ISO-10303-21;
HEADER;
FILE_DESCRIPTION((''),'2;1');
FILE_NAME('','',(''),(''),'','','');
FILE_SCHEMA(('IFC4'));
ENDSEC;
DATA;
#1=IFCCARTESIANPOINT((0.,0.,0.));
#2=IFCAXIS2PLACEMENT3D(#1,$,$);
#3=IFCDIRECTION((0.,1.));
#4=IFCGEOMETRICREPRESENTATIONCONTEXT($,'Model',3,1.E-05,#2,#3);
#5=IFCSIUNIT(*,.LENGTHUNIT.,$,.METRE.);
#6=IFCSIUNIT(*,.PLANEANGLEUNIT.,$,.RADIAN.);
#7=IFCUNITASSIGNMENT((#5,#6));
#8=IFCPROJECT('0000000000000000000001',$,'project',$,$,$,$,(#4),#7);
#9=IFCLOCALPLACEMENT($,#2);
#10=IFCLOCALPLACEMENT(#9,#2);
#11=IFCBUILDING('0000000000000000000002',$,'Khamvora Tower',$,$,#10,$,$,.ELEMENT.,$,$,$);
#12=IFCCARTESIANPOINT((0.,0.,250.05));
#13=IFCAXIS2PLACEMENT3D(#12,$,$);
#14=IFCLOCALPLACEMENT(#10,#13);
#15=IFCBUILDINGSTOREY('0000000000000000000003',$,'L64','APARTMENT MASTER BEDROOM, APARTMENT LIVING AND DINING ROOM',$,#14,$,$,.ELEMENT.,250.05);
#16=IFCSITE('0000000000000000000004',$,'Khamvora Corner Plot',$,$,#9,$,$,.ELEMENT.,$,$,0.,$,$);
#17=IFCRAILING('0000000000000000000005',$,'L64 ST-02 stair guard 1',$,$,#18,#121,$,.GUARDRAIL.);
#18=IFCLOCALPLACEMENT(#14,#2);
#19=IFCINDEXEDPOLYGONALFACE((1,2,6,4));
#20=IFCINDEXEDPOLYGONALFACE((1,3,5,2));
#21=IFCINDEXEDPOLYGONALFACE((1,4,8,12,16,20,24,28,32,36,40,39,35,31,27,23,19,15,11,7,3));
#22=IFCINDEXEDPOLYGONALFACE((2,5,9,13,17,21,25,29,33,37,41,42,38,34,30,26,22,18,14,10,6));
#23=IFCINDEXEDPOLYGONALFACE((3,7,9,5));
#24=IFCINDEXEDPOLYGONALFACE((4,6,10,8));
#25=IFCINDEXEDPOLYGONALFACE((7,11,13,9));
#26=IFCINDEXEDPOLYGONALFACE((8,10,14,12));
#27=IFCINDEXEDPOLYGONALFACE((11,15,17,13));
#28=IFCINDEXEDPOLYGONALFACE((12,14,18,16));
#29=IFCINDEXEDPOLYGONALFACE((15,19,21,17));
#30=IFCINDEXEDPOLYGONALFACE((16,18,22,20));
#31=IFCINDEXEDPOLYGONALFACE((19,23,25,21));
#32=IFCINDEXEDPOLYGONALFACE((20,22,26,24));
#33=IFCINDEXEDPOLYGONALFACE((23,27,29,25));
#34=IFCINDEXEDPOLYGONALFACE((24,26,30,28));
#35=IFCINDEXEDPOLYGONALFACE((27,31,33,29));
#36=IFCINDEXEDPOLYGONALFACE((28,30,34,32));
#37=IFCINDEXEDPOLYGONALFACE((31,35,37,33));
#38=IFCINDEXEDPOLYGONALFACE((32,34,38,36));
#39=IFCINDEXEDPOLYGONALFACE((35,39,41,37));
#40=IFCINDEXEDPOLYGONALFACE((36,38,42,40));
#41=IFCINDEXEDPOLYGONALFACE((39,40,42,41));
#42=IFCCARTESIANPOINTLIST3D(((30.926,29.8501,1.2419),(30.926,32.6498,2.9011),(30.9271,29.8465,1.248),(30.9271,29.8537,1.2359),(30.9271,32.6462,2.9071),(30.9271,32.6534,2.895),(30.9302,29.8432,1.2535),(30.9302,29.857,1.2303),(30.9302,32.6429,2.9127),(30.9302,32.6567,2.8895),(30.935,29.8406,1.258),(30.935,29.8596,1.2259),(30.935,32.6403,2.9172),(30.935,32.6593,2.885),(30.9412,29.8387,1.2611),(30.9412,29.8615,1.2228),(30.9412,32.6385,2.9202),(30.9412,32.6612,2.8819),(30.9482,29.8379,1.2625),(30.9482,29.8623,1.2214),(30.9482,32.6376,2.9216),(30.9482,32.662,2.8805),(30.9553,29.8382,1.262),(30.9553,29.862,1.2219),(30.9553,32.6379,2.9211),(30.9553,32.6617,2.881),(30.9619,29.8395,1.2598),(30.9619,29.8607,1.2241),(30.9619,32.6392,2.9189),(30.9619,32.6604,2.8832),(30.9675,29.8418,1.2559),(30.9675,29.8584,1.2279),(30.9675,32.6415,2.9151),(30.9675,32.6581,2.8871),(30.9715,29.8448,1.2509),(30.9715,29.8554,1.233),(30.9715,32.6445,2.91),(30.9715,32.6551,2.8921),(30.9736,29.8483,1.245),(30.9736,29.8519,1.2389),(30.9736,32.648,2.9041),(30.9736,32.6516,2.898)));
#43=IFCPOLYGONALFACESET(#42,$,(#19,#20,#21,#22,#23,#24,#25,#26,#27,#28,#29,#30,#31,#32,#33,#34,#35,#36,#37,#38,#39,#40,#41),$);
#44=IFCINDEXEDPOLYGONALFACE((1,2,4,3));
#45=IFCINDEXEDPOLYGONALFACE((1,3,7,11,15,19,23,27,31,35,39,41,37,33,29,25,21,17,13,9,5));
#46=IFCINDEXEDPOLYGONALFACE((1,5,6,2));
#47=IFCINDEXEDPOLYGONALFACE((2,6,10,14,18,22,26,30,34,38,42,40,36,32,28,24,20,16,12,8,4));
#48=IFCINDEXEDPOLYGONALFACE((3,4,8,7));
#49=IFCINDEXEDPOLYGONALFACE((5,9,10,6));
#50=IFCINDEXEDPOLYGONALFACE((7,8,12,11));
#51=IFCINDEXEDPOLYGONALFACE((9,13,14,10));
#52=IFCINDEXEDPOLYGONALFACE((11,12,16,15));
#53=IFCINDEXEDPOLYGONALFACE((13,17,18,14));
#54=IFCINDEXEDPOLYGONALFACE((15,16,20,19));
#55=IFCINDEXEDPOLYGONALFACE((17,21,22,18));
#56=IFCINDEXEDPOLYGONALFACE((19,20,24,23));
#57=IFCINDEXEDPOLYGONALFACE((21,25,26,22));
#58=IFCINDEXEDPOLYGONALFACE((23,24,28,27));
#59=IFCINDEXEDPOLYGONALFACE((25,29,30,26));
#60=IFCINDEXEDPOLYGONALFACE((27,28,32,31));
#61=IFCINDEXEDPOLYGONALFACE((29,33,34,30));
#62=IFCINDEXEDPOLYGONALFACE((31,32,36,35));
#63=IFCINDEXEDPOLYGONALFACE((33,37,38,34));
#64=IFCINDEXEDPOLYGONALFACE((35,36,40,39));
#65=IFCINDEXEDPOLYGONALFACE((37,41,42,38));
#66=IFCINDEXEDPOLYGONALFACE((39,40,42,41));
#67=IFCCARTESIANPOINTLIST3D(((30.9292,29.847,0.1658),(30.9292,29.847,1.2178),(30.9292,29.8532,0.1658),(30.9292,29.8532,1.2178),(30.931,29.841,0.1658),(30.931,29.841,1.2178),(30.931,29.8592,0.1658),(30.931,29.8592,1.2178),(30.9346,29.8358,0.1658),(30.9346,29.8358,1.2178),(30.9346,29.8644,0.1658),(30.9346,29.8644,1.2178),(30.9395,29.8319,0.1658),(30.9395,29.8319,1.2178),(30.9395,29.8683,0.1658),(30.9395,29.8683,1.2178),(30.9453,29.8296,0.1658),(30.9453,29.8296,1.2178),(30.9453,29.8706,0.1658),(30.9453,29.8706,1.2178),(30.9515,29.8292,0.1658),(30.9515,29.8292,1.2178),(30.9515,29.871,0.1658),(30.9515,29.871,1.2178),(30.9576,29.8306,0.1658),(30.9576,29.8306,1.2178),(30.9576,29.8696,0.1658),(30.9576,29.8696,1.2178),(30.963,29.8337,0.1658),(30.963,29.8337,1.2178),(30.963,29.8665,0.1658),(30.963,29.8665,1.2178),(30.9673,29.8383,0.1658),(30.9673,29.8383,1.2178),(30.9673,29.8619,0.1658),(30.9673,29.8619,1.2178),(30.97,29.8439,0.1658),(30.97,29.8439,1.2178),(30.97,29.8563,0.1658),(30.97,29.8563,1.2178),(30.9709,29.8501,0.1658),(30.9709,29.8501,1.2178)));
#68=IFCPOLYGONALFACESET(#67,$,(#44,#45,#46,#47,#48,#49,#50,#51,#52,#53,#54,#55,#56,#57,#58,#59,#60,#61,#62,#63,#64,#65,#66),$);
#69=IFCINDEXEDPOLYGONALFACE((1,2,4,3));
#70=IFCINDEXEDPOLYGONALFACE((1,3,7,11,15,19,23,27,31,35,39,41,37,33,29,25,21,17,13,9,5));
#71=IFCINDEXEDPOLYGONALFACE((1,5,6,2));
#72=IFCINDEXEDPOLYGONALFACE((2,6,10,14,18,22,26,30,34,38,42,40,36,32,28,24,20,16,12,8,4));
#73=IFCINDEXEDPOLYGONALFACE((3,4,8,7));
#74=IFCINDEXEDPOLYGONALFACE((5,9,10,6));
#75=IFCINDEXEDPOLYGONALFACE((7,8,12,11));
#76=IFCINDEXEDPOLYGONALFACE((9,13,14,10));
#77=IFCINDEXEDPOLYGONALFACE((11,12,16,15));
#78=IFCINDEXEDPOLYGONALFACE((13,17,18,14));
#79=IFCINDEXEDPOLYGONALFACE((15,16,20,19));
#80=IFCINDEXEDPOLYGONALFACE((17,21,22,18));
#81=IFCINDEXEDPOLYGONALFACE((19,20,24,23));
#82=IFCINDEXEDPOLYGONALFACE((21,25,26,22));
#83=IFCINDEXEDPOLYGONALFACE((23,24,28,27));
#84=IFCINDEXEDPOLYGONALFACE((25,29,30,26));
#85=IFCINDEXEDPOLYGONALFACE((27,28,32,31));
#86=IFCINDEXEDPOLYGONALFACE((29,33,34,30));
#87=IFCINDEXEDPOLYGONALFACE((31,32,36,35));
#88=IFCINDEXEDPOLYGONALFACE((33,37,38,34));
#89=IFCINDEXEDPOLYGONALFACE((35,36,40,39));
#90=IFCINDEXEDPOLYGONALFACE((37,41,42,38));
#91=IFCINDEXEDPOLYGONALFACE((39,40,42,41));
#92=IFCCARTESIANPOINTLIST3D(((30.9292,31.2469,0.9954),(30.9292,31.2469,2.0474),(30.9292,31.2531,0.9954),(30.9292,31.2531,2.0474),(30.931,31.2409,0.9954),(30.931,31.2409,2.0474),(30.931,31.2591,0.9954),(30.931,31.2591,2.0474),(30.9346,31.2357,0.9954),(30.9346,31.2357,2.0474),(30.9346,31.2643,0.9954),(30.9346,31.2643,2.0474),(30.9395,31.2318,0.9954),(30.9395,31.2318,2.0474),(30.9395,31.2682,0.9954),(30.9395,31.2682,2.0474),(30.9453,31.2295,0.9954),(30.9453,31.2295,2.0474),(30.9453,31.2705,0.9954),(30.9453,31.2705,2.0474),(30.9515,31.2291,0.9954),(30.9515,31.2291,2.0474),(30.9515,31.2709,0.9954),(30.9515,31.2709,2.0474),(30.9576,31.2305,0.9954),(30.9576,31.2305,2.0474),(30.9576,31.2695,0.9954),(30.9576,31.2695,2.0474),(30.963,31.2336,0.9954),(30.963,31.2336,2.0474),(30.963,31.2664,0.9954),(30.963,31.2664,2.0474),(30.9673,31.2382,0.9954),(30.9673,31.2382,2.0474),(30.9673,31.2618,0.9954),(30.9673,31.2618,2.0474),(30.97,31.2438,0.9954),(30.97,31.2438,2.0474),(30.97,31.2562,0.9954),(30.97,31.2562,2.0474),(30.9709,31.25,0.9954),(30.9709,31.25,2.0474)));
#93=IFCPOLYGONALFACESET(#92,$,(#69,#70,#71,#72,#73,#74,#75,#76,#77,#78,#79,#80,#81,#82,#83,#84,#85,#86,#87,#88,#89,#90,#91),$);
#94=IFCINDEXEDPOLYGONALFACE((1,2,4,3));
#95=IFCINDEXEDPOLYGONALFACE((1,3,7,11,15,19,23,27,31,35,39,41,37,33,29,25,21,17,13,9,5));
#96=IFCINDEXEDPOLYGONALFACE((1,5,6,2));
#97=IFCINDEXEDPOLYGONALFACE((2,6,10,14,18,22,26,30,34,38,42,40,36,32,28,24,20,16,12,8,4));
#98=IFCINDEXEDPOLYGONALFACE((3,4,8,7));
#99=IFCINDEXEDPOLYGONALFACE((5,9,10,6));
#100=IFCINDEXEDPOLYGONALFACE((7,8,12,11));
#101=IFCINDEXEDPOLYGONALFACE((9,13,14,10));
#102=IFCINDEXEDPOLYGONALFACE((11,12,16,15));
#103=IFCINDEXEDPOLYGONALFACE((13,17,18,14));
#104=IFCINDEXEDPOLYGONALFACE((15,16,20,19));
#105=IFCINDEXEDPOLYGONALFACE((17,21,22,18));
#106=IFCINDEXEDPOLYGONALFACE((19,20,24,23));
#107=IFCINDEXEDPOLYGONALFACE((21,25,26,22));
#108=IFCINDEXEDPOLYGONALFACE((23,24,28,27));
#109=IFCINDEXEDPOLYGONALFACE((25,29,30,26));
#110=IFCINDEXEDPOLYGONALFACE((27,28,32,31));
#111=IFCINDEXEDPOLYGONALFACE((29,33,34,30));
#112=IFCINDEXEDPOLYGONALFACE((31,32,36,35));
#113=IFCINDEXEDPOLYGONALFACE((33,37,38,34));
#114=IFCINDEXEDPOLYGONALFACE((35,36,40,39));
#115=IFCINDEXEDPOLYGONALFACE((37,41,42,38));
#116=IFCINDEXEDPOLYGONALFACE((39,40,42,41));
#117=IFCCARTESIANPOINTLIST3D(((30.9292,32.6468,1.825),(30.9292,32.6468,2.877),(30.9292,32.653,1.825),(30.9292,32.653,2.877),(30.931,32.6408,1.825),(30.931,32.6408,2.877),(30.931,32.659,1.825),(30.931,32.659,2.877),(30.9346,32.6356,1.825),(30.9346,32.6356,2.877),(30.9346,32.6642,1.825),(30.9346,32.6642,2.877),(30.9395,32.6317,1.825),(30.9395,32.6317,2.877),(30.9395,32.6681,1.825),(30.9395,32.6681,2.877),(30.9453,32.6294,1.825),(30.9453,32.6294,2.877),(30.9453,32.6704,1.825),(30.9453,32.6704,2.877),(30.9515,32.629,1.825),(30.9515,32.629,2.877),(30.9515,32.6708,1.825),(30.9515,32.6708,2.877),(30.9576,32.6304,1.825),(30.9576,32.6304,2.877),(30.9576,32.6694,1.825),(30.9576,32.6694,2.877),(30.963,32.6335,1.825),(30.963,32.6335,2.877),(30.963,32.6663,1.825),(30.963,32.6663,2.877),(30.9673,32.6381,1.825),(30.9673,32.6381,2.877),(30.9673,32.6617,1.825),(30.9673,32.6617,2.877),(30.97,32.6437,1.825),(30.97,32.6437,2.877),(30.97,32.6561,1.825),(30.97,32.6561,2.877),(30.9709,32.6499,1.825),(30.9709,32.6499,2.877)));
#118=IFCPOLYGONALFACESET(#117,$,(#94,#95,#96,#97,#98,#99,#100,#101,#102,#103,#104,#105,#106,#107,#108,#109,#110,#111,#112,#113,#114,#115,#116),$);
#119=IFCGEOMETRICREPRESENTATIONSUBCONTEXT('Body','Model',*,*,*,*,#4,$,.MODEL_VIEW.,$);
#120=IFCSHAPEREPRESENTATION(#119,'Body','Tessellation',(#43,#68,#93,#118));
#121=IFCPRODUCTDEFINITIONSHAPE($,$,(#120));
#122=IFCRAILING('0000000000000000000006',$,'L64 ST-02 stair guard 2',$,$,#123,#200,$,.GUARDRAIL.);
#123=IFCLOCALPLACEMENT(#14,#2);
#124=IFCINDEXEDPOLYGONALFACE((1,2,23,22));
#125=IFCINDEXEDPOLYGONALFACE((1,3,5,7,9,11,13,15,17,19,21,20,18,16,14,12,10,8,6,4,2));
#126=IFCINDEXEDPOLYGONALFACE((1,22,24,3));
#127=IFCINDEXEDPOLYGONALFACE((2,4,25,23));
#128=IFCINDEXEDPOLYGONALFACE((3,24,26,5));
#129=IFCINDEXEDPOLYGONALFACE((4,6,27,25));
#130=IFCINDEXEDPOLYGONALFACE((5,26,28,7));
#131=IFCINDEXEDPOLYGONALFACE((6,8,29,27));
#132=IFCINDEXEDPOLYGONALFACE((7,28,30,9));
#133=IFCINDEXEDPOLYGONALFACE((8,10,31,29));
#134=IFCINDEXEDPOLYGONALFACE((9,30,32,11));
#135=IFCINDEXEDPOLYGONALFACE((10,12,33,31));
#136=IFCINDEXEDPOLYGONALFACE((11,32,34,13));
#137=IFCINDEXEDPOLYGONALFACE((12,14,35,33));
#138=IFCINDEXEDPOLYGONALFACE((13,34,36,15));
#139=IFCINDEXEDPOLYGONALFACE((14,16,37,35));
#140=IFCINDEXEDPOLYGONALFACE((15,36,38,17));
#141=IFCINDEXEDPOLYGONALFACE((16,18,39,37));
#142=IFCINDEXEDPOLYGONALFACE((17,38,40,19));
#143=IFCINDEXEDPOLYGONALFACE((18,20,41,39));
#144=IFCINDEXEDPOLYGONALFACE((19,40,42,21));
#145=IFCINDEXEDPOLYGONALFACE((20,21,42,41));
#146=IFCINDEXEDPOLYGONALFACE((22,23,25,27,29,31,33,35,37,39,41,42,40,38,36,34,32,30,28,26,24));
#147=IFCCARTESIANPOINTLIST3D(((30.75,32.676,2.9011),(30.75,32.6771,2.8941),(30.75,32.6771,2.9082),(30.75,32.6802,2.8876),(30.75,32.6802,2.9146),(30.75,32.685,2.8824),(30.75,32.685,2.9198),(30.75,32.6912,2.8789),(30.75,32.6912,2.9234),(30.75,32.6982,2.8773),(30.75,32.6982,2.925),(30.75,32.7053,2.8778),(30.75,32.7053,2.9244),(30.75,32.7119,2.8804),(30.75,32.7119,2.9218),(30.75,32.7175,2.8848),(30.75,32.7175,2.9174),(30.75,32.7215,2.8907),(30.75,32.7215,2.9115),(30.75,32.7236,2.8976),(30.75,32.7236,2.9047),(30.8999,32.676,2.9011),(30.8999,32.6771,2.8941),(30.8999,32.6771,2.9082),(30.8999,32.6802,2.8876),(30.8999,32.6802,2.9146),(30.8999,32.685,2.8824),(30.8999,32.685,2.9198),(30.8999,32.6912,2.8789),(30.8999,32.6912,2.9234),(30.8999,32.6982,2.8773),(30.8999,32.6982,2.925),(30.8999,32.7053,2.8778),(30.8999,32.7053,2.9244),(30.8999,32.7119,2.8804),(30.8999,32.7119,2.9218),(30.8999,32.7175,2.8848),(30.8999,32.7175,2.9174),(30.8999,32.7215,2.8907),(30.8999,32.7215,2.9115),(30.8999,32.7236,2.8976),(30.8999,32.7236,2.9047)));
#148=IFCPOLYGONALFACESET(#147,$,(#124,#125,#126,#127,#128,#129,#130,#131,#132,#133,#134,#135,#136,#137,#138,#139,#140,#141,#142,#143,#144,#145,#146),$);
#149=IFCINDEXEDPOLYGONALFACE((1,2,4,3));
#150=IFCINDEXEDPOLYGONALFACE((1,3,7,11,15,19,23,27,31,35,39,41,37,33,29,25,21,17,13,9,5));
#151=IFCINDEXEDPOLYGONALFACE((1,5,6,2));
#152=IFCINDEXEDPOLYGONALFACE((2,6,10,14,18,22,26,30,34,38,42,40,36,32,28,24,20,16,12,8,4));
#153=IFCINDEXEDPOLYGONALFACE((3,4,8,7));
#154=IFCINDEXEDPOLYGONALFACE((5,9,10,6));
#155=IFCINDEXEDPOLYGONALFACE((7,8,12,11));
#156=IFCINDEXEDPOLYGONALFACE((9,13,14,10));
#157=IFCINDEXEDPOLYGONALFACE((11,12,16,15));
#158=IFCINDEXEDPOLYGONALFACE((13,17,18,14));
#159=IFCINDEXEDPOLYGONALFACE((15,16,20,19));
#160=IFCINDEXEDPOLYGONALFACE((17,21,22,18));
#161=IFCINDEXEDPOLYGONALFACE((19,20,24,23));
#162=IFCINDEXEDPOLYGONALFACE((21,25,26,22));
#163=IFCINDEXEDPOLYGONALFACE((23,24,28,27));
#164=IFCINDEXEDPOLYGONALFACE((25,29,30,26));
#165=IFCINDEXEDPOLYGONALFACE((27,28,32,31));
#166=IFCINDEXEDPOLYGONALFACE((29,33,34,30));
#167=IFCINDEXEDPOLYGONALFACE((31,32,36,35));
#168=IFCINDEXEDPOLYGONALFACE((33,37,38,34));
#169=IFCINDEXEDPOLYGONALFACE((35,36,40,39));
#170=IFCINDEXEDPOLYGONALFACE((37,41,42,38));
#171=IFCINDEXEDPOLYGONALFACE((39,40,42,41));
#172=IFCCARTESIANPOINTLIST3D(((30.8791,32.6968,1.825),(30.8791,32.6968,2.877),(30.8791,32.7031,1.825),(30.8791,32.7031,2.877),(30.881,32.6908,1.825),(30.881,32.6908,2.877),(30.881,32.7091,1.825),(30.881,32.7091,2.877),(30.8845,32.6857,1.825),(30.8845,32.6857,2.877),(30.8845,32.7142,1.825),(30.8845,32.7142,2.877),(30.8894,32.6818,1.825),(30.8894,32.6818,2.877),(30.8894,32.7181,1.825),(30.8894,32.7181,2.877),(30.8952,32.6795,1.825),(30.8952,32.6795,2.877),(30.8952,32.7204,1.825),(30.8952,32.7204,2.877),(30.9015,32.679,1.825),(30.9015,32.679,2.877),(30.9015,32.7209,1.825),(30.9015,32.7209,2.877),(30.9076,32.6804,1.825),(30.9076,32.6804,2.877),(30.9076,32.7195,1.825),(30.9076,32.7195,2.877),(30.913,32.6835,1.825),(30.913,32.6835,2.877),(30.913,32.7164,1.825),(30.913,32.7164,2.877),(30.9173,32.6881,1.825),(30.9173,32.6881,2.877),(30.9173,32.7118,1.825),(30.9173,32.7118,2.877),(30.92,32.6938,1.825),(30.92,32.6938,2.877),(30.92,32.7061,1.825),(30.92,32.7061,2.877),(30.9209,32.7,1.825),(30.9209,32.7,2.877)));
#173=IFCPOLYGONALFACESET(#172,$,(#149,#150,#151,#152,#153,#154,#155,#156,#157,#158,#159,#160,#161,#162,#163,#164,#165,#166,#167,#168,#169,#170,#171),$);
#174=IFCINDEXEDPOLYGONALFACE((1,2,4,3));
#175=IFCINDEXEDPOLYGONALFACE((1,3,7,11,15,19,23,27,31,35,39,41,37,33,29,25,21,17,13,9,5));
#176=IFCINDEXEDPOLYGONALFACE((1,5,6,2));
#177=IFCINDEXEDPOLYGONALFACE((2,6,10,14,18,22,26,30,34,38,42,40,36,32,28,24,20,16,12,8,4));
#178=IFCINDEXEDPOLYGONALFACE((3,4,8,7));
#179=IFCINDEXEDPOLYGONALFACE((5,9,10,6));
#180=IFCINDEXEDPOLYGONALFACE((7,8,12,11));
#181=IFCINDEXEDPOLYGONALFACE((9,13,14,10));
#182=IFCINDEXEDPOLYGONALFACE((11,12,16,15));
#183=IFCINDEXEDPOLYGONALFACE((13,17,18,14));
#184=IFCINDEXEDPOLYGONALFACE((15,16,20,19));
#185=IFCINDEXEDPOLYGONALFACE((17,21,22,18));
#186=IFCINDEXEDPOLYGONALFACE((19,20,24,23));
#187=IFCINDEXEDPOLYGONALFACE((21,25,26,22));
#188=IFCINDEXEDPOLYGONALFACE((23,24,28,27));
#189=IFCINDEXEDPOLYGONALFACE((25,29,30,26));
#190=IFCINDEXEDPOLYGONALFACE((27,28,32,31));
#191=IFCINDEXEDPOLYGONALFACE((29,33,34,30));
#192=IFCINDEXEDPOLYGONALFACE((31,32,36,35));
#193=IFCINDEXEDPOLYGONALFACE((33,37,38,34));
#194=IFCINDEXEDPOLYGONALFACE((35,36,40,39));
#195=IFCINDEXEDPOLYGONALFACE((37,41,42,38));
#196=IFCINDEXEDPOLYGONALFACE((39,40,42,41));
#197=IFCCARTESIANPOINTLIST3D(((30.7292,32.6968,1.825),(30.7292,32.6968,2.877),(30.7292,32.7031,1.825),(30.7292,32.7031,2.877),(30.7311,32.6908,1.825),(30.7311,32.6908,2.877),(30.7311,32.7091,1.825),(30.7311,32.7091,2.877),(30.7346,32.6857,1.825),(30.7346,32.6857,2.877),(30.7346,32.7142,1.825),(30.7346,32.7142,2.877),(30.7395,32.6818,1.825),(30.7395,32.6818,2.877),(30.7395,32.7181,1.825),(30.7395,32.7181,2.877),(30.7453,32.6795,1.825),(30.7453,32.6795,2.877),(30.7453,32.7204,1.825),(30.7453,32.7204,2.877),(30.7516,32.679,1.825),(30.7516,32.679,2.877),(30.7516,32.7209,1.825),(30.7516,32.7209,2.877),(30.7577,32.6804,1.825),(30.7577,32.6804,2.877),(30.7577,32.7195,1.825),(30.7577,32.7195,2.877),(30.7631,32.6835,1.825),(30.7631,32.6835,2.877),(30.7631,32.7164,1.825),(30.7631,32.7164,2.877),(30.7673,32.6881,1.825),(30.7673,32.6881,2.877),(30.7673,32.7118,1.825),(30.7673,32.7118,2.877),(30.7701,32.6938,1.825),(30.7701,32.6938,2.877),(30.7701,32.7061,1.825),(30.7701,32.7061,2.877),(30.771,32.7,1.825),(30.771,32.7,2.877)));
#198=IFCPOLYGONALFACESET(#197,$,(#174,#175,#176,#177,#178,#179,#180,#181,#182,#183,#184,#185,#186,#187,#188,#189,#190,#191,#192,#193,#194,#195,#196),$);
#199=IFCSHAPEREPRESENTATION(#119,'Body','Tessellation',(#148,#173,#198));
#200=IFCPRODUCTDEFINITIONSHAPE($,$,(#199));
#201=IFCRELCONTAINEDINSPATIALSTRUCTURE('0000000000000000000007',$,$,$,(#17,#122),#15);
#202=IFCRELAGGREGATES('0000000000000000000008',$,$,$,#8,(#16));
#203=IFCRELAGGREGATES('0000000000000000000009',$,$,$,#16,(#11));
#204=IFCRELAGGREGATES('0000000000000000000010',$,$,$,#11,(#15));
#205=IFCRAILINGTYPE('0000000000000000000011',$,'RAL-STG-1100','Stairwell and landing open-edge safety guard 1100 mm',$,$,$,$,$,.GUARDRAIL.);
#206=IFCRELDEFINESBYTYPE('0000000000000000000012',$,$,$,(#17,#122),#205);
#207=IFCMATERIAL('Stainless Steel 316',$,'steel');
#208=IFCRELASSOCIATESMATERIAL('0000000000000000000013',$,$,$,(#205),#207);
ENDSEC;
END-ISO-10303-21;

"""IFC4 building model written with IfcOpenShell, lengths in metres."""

from ifc_helpers import new_model, si_unit, direction, frame, origin, origin_2d, place, context, subcontext, project, spatial, circle, extrude, material, type_object, element, save


model = new_model("IFC4")

# Units and contexts
model_context = context("Model", 3, precision=1e-05, world=origin(), true_north=direction((0.0, 1.0)))
body_context = subcontext(model_context, "Body", "Model", "MODEL_VIEW")
ifc_project = project(units=[si_unit("LENGTHUNIT", "METRE"), si_unit("PLANEANGLEUNIT", "RADIAN")], contexts=[model_context])

# Site, building, storey
site_placement = place(None, origin())
site = spatial("IfcSite", under=ifc_project, at=site_placement, Name="Khamvora Corner Plot", CompositionType="ELEMENT", RefElevation=0.0)
building_placement = place(site_placement, origin())
building = spatial("IfcBuilding", under=site, at=building_placement, Name="Khamvora Tower", CompositionType="ELEMENT")
storey_placement = place(building_placement, frame((0.0, 0.0, 250.05)))
storey = spatial("IfcBuildingStorey", under=building, at=storey_placement, Name="L64", Description="APARTMENT MASTER BEDROOM, APARTMENT LIVING AND DINING ROOM", CompositionType="ELEMENT", Elevation=250.05)

# Railings
ifc_material_1 = material(Name="Stainless Steel 316", Category="steel")
railing_type_1 = type_object("IfcRailingType", Name="RAL-STG-1100", Description="Stairwell and landing open-edge safety guard 1100 mm", PredefinedType="GUARDRAIL", material=ifc_material_1)
railing_1_placement = place(storey_placement, frame((30.95, 29.8501, 0.1658)))
element("IfcRailing", 1, at=railing_1_placement, inside=storey, type_object=railing_type_1, Name="L64 ST-02 stair guard 1", PredefinedType="GUARDRAIL", context=body_context, shape_type="SweptSolid", body=[
    extrude(circle(Radius=0.0239, at=origin_2d()), frame((0.0, 0.0, 1.0762), z_axis=(0.0, 0.860287, 0.509811), x_axis=(-1.0, 0.0, 0.0)), (0.0, 0.0, 1.0), 3.2544),
    extrude(circle(Radius=0.021, at=origin_2d()), origin(), (0.0, 0.0, 1.0), 1.052),
    extrude(circle(Radius=0.021, at=origin_2d()), frame((0.0, 1.3999, 0.8296)), (0.0, 0.0, 1.0), 1.052),
    extrude(circle(Radius=0.021, at=origin_2d()), frame((0.0, 2.7998, 1.6592)), (0.0, 0.0, 1.0), 1.052),
])
railing_2_placement = place(storey_placement, frame((30.8999, 32.7, 1.825)))
element("IfcRailing", 2, at=railing_2_placement, inside=storey, type_object=railing_type_1, Name="L64 ST-02 stair guard 2", PredefinedType="GUARDRAIL", context=body_context, shape_type="SweptSolid", body=[
    extrude(circle(Radius=0.0239, at=origin_2d()), frame((0.0, 0.0, 1.0762), z_axis=(-1.0, 0.0, 0.0), x_axis=(0.0, -1.0, 0.0)), (0.0, 0.0, 1.0), 0.1499),
    extrude(circle(Radius=0.021, at=origin_2d()), origin(), (0.0, 0.0, 1.0), 1.052),
    extrude(circle(Radius=0.021, at=origin_2d()), frame((-0.1499, 0.0, 0.0)), (0.0, 0.0, 1.0), 1.052),
])

save(model, "model.ifc")
